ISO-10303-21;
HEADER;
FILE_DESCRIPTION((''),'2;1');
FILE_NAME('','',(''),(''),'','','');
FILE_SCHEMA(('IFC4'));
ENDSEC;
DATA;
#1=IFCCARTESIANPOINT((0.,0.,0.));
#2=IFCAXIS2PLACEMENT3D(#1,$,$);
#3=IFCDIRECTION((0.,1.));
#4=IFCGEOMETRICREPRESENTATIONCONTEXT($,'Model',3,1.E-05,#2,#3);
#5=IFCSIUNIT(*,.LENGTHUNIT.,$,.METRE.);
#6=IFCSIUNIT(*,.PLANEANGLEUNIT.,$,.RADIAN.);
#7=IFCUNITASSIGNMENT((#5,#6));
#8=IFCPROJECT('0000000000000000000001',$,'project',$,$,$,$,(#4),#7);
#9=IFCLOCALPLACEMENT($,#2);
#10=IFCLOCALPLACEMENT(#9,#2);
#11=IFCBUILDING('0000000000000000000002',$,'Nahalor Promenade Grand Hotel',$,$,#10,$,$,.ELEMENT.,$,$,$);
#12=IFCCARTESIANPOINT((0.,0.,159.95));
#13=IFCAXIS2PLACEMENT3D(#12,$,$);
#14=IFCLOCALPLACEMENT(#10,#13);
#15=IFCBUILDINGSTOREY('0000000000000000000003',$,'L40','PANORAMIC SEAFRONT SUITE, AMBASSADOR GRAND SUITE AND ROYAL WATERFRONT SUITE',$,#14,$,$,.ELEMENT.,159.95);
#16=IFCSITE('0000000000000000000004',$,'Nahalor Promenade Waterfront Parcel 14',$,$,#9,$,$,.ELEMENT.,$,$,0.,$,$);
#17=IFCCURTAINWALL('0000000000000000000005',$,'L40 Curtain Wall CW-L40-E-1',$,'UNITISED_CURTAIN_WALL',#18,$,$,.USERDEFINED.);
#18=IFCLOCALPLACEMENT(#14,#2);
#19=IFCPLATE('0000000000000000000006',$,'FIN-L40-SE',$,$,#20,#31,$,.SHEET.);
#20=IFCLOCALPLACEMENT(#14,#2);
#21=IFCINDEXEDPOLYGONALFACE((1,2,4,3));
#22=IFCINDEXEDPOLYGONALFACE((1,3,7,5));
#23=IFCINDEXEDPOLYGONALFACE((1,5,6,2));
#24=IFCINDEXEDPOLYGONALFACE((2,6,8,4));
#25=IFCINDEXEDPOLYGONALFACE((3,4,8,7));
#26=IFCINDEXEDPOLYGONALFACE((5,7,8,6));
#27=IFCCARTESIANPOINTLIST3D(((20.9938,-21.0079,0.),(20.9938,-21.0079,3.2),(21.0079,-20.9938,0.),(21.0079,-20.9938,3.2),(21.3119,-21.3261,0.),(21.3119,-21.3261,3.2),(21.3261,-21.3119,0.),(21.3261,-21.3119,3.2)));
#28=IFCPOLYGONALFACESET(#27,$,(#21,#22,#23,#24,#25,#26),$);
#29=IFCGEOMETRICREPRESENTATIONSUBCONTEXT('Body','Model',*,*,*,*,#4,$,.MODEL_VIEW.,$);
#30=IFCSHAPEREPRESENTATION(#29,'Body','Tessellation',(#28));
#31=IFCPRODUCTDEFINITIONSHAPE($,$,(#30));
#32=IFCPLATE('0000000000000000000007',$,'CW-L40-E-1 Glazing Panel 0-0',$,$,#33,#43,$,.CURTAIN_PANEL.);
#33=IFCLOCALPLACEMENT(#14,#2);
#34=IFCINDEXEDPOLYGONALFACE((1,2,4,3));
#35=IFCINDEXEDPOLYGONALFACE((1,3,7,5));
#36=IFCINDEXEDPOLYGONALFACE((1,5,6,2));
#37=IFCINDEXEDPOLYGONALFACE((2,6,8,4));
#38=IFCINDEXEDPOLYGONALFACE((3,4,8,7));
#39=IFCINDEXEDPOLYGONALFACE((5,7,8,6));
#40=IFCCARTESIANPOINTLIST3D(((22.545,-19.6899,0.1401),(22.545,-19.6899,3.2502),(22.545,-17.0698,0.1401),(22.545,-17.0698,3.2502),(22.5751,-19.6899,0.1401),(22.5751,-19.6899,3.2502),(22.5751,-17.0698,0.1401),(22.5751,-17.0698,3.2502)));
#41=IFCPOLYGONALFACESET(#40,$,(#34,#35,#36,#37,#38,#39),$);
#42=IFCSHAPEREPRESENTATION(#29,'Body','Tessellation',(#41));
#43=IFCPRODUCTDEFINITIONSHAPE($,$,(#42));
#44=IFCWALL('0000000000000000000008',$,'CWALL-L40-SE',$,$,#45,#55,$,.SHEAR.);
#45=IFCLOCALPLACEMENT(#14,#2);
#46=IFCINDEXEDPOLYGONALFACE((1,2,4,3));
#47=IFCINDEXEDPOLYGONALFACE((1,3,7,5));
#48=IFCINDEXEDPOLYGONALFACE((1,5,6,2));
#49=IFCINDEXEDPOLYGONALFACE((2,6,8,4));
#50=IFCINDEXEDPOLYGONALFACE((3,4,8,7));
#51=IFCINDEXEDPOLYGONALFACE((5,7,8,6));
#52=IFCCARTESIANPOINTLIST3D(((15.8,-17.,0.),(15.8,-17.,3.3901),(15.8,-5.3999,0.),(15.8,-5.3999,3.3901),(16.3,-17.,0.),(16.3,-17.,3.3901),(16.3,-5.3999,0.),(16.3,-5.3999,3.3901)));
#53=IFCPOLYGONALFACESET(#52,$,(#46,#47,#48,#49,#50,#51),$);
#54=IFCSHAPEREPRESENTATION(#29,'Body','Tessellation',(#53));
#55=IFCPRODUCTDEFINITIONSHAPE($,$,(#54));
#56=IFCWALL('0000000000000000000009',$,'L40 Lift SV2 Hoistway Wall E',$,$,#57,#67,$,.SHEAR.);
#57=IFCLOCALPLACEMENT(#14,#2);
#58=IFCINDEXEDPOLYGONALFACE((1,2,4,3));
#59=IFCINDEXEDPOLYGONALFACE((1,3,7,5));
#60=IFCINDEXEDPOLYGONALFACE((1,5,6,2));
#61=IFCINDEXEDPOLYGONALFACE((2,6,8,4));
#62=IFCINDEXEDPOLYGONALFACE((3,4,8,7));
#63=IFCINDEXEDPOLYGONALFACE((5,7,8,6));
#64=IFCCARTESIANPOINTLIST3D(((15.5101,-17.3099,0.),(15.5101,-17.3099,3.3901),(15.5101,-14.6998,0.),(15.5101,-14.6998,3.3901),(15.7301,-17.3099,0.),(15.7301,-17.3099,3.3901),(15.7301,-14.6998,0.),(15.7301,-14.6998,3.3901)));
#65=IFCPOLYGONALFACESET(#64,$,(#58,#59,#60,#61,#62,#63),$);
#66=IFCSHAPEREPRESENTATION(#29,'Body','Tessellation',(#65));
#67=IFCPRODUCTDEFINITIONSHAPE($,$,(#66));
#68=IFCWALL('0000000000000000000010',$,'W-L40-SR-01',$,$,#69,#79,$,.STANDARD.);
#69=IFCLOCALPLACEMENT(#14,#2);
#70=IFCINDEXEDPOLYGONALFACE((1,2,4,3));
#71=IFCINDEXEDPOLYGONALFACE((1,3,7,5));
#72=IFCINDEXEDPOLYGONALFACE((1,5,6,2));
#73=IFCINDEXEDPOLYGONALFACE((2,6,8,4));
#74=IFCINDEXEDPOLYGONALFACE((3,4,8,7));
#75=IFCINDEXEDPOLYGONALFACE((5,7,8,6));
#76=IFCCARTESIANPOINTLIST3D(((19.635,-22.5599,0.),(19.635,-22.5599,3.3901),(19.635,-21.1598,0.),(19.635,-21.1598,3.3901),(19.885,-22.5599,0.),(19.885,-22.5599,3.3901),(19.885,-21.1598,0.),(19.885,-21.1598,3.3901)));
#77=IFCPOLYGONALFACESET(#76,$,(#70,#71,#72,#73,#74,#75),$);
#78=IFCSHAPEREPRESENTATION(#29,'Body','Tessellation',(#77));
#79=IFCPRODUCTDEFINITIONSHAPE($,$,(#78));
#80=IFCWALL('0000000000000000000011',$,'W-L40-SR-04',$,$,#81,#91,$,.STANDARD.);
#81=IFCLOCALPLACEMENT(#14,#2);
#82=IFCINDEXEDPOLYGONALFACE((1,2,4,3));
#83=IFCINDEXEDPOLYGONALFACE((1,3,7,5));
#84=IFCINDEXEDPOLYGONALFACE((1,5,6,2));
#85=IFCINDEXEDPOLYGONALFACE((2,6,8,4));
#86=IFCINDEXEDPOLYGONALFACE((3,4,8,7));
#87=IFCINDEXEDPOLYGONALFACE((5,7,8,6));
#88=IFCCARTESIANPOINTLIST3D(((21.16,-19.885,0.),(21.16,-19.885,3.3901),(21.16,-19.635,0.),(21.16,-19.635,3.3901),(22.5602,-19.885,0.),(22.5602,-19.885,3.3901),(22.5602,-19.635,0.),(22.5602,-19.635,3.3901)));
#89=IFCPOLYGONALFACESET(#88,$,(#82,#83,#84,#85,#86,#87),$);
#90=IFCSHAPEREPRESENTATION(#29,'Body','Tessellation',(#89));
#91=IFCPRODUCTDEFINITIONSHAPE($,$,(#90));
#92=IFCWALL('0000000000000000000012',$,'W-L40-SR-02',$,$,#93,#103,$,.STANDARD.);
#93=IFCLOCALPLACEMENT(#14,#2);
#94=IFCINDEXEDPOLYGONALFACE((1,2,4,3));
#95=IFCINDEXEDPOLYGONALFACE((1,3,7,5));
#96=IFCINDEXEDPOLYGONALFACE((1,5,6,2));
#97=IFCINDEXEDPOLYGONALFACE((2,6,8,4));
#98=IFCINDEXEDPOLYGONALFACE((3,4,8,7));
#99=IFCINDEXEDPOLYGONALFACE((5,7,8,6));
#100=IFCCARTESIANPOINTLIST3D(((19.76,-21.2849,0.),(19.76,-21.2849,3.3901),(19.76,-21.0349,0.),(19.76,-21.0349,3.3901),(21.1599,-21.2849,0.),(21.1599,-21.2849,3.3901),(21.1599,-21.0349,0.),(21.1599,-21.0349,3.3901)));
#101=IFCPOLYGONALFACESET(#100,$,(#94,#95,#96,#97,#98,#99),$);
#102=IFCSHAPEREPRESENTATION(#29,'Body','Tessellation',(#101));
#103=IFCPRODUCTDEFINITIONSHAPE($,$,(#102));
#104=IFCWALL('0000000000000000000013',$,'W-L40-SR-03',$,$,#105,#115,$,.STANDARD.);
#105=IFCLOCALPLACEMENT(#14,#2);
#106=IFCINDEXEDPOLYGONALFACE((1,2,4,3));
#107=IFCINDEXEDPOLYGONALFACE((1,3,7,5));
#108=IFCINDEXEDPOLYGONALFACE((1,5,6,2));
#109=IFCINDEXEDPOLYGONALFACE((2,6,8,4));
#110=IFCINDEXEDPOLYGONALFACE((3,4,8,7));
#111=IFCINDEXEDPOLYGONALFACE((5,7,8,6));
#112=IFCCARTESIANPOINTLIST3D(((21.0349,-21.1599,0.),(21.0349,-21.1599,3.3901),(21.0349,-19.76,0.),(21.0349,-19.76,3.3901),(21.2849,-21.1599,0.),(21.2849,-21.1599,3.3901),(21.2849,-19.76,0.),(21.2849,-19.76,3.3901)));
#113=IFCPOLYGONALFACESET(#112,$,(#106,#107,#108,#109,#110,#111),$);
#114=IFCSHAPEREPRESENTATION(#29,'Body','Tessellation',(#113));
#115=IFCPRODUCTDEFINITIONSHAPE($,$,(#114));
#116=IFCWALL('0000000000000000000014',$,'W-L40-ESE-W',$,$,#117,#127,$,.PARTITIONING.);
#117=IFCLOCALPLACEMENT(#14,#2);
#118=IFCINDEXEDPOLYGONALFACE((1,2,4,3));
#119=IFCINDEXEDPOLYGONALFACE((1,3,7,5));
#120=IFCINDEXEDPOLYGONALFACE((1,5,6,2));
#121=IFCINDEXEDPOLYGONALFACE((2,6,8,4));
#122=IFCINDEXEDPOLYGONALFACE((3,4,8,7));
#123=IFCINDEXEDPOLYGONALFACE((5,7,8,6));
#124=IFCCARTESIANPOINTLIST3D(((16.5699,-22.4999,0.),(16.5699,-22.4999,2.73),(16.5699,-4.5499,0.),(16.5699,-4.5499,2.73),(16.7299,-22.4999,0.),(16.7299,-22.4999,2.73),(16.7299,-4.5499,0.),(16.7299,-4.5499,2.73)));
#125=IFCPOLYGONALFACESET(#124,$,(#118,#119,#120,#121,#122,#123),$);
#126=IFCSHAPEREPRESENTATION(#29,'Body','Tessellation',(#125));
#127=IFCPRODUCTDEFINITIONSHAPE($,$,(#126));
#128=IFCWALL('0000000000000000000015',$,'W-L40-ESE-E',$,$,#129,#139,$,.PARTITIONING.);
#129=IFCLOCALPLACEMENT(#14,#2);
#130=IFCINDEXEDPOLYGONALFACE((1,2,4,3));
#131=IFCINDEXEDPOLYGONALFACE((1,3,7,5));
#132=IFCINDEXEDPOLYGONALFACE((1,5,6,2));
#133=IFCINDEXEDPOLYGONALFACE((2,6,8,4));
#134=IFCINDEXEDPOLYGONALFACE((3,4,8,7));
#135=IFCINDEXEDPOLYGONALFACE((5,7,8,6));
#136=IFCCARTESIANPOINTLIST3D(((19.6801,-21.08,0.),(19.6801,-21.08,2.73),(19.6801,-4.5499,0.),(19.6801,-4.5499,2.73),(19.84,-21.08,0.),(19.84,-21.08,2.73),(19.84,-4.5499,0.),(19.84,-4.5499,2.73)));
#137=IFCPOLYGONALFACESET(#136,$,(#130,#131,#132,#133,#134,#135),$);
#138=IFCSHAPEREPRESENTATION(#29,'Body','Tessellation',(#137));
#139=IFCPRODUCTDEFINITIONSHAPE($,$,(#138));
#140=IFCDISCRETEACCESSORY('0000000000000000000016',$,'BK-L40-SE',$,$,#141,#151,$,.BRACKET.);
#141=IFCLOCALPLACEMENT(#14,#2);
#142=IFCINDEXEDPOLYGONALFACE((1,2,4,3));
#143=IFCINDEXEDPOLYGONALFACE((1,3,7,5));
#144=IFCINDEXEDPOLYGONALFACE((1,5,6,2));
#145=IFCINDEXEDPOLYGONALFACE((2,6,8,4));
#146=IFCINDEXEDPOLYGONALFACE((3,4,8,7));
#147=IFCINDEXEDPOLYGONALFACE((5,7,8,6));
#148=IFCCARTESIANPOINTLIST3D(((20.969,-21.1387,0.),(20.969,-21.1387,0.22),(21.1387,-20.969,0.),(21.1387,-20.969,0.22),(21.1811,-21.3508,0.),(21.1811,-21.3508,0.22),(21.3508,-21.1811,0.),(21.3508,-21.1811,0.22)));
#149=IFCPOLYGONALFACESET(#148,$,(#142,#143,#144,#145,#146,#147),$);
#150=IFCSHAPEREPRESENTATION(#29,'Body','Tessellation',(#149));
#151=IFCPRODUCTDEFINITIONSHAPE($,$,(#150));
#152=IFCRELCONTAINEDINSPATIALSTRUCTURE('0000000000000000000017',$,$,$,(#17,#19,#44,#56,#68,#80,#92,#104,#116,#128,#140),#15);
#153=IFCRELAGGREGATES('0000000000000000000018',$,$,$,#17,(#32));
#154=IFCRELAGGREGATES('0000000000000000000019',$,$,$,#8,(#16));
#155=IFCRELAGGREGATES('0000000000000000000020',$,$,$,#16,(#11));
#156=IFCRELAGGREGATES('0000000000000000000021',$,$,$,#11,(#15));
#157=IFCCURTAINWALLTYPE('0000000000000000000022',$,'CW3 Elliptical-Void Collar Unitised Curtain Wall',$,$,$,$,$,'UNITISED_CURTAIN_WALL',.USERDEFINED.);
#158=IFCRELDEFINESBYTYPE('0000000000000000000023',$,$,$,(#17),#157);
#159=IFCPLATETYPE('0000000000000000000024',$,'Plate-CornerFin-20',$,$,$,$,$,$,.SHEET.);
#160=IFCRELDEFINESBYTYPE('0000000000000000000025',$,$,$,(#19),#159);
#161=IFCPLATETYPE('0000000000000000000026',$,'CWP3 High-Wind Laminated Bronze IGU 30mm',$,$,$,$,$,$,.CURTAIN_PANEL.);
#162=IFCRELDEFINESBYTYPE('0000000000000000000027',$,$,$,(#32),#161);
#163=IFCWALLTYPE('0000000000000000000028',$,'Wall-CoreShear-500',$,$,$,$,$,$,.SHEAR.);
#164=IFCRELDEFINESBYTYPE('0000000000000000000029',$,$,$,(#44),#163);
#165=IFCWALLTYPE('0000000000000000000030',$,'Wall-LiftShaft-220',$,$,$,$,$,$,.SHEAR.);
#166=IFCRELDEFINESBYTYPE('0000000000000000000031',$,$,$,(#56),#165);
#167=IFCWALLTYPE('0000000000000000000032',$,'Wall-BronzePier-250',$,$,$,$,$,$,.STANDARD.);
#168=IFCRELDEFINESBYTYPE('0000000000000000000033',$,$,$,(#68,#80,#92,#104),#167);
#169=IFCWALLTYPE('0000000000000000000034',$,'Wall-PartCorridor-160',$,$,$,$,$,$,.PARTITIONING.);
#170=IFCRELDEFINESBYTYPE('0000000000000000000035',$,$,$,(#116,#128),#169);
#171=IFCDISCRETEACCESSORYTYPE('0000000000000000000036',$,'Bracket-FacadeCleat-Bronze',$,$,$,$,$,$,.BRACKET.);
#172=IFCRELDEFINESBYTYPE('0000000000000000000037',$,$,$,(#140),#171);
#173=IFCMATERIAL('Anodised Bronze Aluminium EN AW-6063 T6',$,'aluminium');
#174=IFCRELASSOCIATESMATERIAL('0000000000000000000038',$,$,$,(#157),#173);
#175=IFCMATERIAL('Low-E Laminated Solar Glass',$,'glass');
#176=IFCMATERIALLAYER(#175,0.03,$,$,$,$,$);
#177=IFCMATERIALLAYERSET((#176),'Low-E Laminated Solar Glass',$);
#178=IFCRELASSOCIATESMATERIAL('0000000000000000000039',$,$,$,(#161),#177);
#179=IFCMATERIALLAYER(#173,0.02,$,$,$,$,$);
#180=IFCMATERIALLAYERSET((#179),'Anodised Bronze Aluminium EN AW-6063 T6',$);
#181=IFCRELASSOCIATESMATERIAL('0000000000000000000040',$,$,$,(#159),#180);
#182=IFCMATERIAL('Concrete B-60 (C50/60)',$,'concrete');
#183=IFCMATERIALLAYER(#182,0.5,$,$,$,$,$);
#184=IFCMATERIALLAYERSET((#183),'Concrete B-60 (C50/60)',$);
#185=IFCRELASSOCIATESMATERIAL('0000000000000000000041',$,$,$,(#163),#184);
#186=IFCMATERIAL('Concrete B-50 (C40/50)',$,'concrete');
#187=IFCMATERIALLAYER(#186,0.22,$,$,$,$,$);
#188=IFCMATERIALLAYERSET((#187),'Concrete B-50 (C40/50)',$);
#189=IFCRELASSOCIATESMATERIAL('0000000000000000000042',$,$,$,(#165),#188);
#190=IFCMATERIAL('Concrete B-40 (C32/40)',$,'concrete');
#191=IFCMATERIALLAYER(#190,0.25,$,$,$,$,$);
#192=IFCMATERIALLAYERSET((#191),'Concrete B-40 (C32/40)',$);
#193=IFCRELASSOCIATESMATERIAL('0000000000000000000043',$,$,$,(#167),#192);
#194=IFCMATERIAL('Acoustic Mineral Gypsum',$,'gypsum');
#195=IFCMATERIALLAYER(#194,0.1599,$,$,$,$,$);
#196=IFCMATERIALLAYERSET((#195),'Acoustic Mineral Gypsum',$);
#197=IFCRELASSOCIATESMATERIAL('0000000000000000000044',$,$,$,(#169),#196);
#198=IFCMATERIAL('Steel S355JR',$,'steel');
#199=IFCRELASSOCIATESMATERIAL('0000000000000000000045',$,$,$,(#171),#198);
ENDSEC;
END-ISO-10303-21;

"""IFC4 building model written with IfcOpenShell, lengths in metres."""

from ifc_helpers import new_model, si_unit, direction, frame, frame_2d, origin, origin_2d, place, context, subcontext, project, spatial, rectangle, extrude, source, transform, mapped, material, layer, layer_set, type_object, element, aggregate, save


model = new_model("IFC4")

# Units and contexts
model_context = context("Model", 3, precision=1e-05, world=origin(), true_north=direction((0.0, 1.0)))
body_context = subcontext(model_context, "Body", "Model", "MODEL_VIEW")
ifc_project = project(units=[si_unit("LENGTHUNIT", "METRE"), si_unit("PLANEANGLEUNIT", "RADIAN")], contexts=[model_context])

# Site, building, storey
site_placement = place(None, origin())
site = spatial("IfcSite", under=ifc_project, at=site_placement, Name="Nahalor Promenade Waterfront Parcel 14", CompositionType="ELEMENT", RefElevation=0.0)
building_placement = place(site_placement, origin())
building = spatial("IfcBuilding", under=site, at=building_placement, Name="Nahalor Promenade Grand Hotel", CompositionType="ELEMENT")
storey_placement = place(building_placement, frame((0.0, 0.0, 159.95)))
storey = spatial("IfcBuildingStorey", under=building, at=storey_placement, Name="L40", Description="PANORAMIC SEAFRONT SUITE, AMBASSADOR GRAND SUITE AND ROYAL WATERFRONT SUITE", CompositionType="ELEMENT", Elevation=159.95)

# Shared definitions
ifc_material_1 = material(Name="Concrete B-60 (C50/60)", Category="concrete")

# Shared definitions
ifc_material_2 = material(Name="Steel S355JR", Category="steel")

# Shared definitions
ifc_material_3 = material(Name="Anodised Bronze Aluminium EN AW-6063 T6", Category="aluminium")
curtain_wall_type = type_object("IfcCurtainWallType", Name="CW3 Elliptical-Void Collar Unitised Curtain Wall", ElementType="UNITISED_CURTAIN_WALL", PredefinedType="USERDEFINED", material=ifc_material_3)

# Curtain wall
curtain_wall_1_placement = place(storey_placement, origin())
curtain_wall_1 = element("IfcCurtainWall", 1, at=curtain_wall_1_placement, inside=storey, type_object=curtain_wall_type, Name="L40 Curtain Wall CW-L40-E-1", ObjectType="UNITISED_CURTAIN_WALL", PredefinedType="USERDEFINED")

# Plates
ifc_material_4 = material(Name="Low-E Laminated Solar Glass", Category="glass")
ifc_layer_1 = layer(ifc_material_4, 0.03)
ifc_layer_set_1 = layer_set([ifc_layer_1], Name="Low-E Laminated Solar Glass")
plate_type_1 = type_object("IfcPlateType", Name="CWP3 High-Wind Laminated Bronze IGU 30mm", PredefinedType="CURTAIN_PANEL", material=ifc_layer_set_1)
ifc_layer_2 = layer(ifc_material_3, 0.02)
ifc_layer_set_2 = layer_set([ifc_layer_2], Name="Anodised Bronze Aluminium EN AW-6063 T6")
plate_type_2 = type_object("IfcPlateType", Name="Plate-CornerFin-20", PredefinedType="SHEET", material=ifc_layer_set_2)
shared_shape_1 = source(origin(), body_context, "Body", "SweptSolid", [
    extrude(rectangle(XDim=0.45, YDim=0.02, at=origin_2d()), origin(), (0.0, 0.0, 1.0), 3.2),
])
plate_1_placement = place(storey_placement, frame((21.1599, -21.1599, 0.0), z_axis=(0.0, 0.0, 1.0), x_axis=(-0.707107, 0.707107, 0.0)))
element("IfcPlate", 2, at=plate_1_placement, inside=storey, type_object=plate_type_2, Name="FIN-L40-SE", PredefinedType="SHEET", context=body_context, shape_type="MappedRepresentation", body=[
    mapped(shared_shape_1, transform((0.0, 0.0, 0.0), scale=1.0)),
])
shared_shape_2 = source(origin(), body_context, "Body", "SweptSolid", [
    extrude(rectangle(XDim=2.6201, YDim=0.03, at=origin_2d()), origin(), (0.0, 0.0, 1.0), 3.1101),
])
plate_2_placement = place(storey_placement, frame((22.5601, -18.3799, 0.1401), z_axis=(0.0, 0.0, 1.0), x_axis=(0.0, 1.0, 0.0)))
plate_2 = element("IfcPlate", 3, at=plate_2_placement, type_object=plate_type_1, Name="CW-L40-E-1 Glazing Panel 0-0", PredefinedType="CURTAIN_PANEL", context=body_context, shape_type="MappedRepresentation", body=[
    mapped(shared_shape_2, transform((0.0, 0.0, 0.0), scale=1.0)),
])
aggregate(curtain_wall_1, [plate_2])

# Walls
ifc_layer_3 = layer(ifc_material_1, 0.5)
ifc_layer_set_3 = layer_set([ifc_layer_3], Name="Concrete B-60 (C50/60)")
wall_type_1 = type_object("IfcWallType", Name="Wall-CoreShear-500", PredefinedType="SHEAR", material=ifc_layer_set_3)
shared_shape_3 = source(origin(), body_context, "Body", "SweptSolid", [
    extrude(rectangle(XDim=11.6001, YDim=0.5, at=frame_2d((5.8, 0.0))), origin(), (0.0, 0.0, 1.0), 3.3901),
])
wall_1_placement = place(storey_placement, frame((16.05, -17.0, 0.0), z_axis=(0.0, 0.0, 1.0), x_axis=(0.0, 1.0, 0.0)))
element("IfcWall", 4, at=wall_1_placement, inside=storey, type_object=wall_type_1, Name="CWALL-L40-SE", PredefinedType="SHEAR", context=body_context, shape_type="MappedRepresentation", body=[
    mapped(shared_shape_3, transform((0.0, 0.0, 0.0), scale=1.0)),
])
ifc_material_5 = material(Name="Concrete B-50 (C40/50)", Category="concrete")
ifc_layer_4 = layer(ifc_material_5, 0.22)
ifc_layer_set_4 = layer_set([ifc_layer_4], Name="Concrete B-50 (C40/50)")
wall_type_2 = type_object("IfcWallType", Name="Wall-LiftShaft-220", PredefinedType="SHEAR", material=ifc_layer_set_4)
shared_shape_4 = source(origin(), body_context, "Body", "SweptSolid", [
    extrude(rectangle(XDim=2.6101, YDim=0.22, at=frame_2d((1.3052, 0.0))), origin(), (0.0, 0.0, 1.0), 3.3901),
])
wall_2_placement = place(storey_placement, frame((15.6201, -17.3101, 0.0), z_axis=(0.0, 0.0, 1.0), x_axis=(0.0, 1.0, 0.0)))
element("IfcWall", 5, at=wall_2_placement, inside=storey, type_object=wall_type_2, Name="L40 Lift SV2 Hoistway Wall E", PredefinedType="SHEAR", context=body_context, shape_type="MappedRepresentation", body=[
    mapped(shared_shape_4, transform((0.0, 0.0, 0.0), scale=1.0)),
])
ifc_material_6 = material(Name="Concrete B-40 (C32/40)", Category="concrete")
ifc_layer_5 = layer(ifc_material_6, 0.25)
ifc_layer_set_5 = layer_set([ifc_layer_5], Name="Concrete B-40 (C32/40)")
wall_type_3 = type_object("IfcWallType", Name="Wall-BronzePier-250", PredefinedType="STANDARD", material=ifc_layer_set_5)
shared_shape_5 = source(origin(), body_context, "Body", "SweptSolid", [
    extrude(rectangle(XDim=1.4001, YDim=0.25, at=frame_2d((0.7002, 0.0))), origin(), (0.0, 0.0, 1.0), 3.3901),
])
for number, where, z_axis, x_axis, name in (
    (6, (19.76, -22.5601, 0.0), (0.0, 0.0, 1.0), (0.0, 1.0, 0.0), "W-L40-SR-01"),
    (7, (21.1599, -19.76, 0.0), (0.0, 0.0, 1.0), (1.0, 0.0, 0.0), "W-L40-SR-04"),
):
    element("IfcWall", number, at=place(storey_placement, frame(where, z_axis=z_axis, x_axis=x_axis)), inside=storey, type_object=wall_type_3, Name=name, PredefinedType="STANDARD", context=body_context, shape_type="MappedRepresentation", body=[
        mapped(shared_shape_5, transform((0.0, 0.0, 0.0), scale=1.0)),
    ])
shared_shape_6 = source(origin(), body_context, "Body", "SweptSolid", [
    extrude(rectangle(XDim=1.3999, YDim=0.25, at=frame_2d((0.7, 0.0))), origin(), (0.0, 0.0, 1.0), 3.3901),
])
for number, where, z_axis, x_axis, name in (
    (8, (19.76, -21.1599, 0.0), (0.0, 0.0, 1.0), (1.0, 0.0, 0.0), "W-L40-SR-02"),
    (9, (21.1599, -21.1599, 0.0), (0.0, 0.0, 1.0), (0.0, 1.0, 0.0), "W-L40-SR-03"),
):
    element("IfcWall", number, at=place(storey_placement, frame(where, z_axis=z_axis, x_axis=x_axis)), inside=storey, type_object=wall_type_3, Name=name, PredefinedType="STANDARD", context=body_context, shape_type="MappedRepresentation", body=[
        mapped(shared_shape_6, transform((0.0, 0.0, 0.0), scale=1.0)),
    ])
ifc_material_7 = material(Name="Acoustic Mineral Gypsum", Category="gypsum")
ifc_layer_6 = layer(ifc_material_7, 0.1599)
ifc_layer_set_6 = layer_set([ifc_layer_6], Name="Acoustic Mineral Gypsum")
wall_type_4 = type_object("IfcWallType", Name="Wall-PartCorridor-160", PredefinedType="PARTITIONING", material=ifc_layer_set_6)
shared_shape_7 = source(origin(), body_context, "Body", "SweptSolid", [
    extrude(rectangle(XDim=17.95, YDim=0.1599, at=frame_2d((8.9751, 0.0))), origin(), (0.0, 0.0, 1.0), 2.73),
])
wall_3_placement = place(storey_placement, frame((16.6499, -22.5, 0.0), z_axis=(0.0, 0.0, 1.0), x_axis=(0.0, 1.0, 0.0)))
element("IfcWall", 10, at=wall_3_placement, inside=storey, type_object=wall_type_4, Name="W-L40-ESE-W", PredefinedType="PARTITIONING", context=body_context, shape_type="MappedRepresentation", body=[
    mapped(shared_shape_7, transform((0.0, 0.0, 0.0), scale=1.0)),
])
shared_shape_8 = source(origin(), body_context, "Body", "SweptSolid", [
    extrude(rectangle(XDim=16.53, YDim=0.1599, at=frame_2d((8.2651, 0.0))), origin(), (0.0, 0.0, 1.0), 2.73),
])
wall_4_placement = place(storey_placement, frame((19.76, -21.0801, 0.0), z_axis=(0.0, 0.0, 1.0), x_axis=(0.0, 1.0, 0.0)))
element("IfcWall", 11, at=wall_4_placement, inside=storey, type_object=wall_type_4, Name="W-L40-ESE-E", PredefinedType="PARTITIONING", context=body_context, shape_type="MappedRepresentation", body=[
    mapped(shared_shape_8, transform((0.0, 0.0, 0.0), scale=1.0)),
])

# Discrete accessory
discrete_accessory_type = type_object("IfcDiscreteAccessoryType", Name="Bracket-FacadeCleat-Bronze", PredefinedType="BRACKET", material=ifc_material_2)
shared_shape_9 = source(origin(), body_context, "Body", "SweptSolid", [
    extrude(rectangle(XDim=0.3, YDim=0.24, at=origin_2d()), origin(), (0.0, 0.0, 1.0), 0.22),
])
discrete_accessory_placement = place(storey_placement, frame((21.1599, -21.1599, 0.0), z_axis=(0.0, 0.0, 1.0), x_axis=(-0.707107, 0.707107, 0.0)))
element("IfcDiscreteAccessory", 12, at=discrete_accessory_placement, inside=storey, type_object=discrete_accessory_type, Name="BK-L40-SE", PredefinedType="BRACKET", context=body_context, shape_type="MappedRepresentation", body=[
    mapped(shared_shape_9, transform((0.0, 0.0, 0.0), scale=1.0)),
])

save(model, "model.ifc")
